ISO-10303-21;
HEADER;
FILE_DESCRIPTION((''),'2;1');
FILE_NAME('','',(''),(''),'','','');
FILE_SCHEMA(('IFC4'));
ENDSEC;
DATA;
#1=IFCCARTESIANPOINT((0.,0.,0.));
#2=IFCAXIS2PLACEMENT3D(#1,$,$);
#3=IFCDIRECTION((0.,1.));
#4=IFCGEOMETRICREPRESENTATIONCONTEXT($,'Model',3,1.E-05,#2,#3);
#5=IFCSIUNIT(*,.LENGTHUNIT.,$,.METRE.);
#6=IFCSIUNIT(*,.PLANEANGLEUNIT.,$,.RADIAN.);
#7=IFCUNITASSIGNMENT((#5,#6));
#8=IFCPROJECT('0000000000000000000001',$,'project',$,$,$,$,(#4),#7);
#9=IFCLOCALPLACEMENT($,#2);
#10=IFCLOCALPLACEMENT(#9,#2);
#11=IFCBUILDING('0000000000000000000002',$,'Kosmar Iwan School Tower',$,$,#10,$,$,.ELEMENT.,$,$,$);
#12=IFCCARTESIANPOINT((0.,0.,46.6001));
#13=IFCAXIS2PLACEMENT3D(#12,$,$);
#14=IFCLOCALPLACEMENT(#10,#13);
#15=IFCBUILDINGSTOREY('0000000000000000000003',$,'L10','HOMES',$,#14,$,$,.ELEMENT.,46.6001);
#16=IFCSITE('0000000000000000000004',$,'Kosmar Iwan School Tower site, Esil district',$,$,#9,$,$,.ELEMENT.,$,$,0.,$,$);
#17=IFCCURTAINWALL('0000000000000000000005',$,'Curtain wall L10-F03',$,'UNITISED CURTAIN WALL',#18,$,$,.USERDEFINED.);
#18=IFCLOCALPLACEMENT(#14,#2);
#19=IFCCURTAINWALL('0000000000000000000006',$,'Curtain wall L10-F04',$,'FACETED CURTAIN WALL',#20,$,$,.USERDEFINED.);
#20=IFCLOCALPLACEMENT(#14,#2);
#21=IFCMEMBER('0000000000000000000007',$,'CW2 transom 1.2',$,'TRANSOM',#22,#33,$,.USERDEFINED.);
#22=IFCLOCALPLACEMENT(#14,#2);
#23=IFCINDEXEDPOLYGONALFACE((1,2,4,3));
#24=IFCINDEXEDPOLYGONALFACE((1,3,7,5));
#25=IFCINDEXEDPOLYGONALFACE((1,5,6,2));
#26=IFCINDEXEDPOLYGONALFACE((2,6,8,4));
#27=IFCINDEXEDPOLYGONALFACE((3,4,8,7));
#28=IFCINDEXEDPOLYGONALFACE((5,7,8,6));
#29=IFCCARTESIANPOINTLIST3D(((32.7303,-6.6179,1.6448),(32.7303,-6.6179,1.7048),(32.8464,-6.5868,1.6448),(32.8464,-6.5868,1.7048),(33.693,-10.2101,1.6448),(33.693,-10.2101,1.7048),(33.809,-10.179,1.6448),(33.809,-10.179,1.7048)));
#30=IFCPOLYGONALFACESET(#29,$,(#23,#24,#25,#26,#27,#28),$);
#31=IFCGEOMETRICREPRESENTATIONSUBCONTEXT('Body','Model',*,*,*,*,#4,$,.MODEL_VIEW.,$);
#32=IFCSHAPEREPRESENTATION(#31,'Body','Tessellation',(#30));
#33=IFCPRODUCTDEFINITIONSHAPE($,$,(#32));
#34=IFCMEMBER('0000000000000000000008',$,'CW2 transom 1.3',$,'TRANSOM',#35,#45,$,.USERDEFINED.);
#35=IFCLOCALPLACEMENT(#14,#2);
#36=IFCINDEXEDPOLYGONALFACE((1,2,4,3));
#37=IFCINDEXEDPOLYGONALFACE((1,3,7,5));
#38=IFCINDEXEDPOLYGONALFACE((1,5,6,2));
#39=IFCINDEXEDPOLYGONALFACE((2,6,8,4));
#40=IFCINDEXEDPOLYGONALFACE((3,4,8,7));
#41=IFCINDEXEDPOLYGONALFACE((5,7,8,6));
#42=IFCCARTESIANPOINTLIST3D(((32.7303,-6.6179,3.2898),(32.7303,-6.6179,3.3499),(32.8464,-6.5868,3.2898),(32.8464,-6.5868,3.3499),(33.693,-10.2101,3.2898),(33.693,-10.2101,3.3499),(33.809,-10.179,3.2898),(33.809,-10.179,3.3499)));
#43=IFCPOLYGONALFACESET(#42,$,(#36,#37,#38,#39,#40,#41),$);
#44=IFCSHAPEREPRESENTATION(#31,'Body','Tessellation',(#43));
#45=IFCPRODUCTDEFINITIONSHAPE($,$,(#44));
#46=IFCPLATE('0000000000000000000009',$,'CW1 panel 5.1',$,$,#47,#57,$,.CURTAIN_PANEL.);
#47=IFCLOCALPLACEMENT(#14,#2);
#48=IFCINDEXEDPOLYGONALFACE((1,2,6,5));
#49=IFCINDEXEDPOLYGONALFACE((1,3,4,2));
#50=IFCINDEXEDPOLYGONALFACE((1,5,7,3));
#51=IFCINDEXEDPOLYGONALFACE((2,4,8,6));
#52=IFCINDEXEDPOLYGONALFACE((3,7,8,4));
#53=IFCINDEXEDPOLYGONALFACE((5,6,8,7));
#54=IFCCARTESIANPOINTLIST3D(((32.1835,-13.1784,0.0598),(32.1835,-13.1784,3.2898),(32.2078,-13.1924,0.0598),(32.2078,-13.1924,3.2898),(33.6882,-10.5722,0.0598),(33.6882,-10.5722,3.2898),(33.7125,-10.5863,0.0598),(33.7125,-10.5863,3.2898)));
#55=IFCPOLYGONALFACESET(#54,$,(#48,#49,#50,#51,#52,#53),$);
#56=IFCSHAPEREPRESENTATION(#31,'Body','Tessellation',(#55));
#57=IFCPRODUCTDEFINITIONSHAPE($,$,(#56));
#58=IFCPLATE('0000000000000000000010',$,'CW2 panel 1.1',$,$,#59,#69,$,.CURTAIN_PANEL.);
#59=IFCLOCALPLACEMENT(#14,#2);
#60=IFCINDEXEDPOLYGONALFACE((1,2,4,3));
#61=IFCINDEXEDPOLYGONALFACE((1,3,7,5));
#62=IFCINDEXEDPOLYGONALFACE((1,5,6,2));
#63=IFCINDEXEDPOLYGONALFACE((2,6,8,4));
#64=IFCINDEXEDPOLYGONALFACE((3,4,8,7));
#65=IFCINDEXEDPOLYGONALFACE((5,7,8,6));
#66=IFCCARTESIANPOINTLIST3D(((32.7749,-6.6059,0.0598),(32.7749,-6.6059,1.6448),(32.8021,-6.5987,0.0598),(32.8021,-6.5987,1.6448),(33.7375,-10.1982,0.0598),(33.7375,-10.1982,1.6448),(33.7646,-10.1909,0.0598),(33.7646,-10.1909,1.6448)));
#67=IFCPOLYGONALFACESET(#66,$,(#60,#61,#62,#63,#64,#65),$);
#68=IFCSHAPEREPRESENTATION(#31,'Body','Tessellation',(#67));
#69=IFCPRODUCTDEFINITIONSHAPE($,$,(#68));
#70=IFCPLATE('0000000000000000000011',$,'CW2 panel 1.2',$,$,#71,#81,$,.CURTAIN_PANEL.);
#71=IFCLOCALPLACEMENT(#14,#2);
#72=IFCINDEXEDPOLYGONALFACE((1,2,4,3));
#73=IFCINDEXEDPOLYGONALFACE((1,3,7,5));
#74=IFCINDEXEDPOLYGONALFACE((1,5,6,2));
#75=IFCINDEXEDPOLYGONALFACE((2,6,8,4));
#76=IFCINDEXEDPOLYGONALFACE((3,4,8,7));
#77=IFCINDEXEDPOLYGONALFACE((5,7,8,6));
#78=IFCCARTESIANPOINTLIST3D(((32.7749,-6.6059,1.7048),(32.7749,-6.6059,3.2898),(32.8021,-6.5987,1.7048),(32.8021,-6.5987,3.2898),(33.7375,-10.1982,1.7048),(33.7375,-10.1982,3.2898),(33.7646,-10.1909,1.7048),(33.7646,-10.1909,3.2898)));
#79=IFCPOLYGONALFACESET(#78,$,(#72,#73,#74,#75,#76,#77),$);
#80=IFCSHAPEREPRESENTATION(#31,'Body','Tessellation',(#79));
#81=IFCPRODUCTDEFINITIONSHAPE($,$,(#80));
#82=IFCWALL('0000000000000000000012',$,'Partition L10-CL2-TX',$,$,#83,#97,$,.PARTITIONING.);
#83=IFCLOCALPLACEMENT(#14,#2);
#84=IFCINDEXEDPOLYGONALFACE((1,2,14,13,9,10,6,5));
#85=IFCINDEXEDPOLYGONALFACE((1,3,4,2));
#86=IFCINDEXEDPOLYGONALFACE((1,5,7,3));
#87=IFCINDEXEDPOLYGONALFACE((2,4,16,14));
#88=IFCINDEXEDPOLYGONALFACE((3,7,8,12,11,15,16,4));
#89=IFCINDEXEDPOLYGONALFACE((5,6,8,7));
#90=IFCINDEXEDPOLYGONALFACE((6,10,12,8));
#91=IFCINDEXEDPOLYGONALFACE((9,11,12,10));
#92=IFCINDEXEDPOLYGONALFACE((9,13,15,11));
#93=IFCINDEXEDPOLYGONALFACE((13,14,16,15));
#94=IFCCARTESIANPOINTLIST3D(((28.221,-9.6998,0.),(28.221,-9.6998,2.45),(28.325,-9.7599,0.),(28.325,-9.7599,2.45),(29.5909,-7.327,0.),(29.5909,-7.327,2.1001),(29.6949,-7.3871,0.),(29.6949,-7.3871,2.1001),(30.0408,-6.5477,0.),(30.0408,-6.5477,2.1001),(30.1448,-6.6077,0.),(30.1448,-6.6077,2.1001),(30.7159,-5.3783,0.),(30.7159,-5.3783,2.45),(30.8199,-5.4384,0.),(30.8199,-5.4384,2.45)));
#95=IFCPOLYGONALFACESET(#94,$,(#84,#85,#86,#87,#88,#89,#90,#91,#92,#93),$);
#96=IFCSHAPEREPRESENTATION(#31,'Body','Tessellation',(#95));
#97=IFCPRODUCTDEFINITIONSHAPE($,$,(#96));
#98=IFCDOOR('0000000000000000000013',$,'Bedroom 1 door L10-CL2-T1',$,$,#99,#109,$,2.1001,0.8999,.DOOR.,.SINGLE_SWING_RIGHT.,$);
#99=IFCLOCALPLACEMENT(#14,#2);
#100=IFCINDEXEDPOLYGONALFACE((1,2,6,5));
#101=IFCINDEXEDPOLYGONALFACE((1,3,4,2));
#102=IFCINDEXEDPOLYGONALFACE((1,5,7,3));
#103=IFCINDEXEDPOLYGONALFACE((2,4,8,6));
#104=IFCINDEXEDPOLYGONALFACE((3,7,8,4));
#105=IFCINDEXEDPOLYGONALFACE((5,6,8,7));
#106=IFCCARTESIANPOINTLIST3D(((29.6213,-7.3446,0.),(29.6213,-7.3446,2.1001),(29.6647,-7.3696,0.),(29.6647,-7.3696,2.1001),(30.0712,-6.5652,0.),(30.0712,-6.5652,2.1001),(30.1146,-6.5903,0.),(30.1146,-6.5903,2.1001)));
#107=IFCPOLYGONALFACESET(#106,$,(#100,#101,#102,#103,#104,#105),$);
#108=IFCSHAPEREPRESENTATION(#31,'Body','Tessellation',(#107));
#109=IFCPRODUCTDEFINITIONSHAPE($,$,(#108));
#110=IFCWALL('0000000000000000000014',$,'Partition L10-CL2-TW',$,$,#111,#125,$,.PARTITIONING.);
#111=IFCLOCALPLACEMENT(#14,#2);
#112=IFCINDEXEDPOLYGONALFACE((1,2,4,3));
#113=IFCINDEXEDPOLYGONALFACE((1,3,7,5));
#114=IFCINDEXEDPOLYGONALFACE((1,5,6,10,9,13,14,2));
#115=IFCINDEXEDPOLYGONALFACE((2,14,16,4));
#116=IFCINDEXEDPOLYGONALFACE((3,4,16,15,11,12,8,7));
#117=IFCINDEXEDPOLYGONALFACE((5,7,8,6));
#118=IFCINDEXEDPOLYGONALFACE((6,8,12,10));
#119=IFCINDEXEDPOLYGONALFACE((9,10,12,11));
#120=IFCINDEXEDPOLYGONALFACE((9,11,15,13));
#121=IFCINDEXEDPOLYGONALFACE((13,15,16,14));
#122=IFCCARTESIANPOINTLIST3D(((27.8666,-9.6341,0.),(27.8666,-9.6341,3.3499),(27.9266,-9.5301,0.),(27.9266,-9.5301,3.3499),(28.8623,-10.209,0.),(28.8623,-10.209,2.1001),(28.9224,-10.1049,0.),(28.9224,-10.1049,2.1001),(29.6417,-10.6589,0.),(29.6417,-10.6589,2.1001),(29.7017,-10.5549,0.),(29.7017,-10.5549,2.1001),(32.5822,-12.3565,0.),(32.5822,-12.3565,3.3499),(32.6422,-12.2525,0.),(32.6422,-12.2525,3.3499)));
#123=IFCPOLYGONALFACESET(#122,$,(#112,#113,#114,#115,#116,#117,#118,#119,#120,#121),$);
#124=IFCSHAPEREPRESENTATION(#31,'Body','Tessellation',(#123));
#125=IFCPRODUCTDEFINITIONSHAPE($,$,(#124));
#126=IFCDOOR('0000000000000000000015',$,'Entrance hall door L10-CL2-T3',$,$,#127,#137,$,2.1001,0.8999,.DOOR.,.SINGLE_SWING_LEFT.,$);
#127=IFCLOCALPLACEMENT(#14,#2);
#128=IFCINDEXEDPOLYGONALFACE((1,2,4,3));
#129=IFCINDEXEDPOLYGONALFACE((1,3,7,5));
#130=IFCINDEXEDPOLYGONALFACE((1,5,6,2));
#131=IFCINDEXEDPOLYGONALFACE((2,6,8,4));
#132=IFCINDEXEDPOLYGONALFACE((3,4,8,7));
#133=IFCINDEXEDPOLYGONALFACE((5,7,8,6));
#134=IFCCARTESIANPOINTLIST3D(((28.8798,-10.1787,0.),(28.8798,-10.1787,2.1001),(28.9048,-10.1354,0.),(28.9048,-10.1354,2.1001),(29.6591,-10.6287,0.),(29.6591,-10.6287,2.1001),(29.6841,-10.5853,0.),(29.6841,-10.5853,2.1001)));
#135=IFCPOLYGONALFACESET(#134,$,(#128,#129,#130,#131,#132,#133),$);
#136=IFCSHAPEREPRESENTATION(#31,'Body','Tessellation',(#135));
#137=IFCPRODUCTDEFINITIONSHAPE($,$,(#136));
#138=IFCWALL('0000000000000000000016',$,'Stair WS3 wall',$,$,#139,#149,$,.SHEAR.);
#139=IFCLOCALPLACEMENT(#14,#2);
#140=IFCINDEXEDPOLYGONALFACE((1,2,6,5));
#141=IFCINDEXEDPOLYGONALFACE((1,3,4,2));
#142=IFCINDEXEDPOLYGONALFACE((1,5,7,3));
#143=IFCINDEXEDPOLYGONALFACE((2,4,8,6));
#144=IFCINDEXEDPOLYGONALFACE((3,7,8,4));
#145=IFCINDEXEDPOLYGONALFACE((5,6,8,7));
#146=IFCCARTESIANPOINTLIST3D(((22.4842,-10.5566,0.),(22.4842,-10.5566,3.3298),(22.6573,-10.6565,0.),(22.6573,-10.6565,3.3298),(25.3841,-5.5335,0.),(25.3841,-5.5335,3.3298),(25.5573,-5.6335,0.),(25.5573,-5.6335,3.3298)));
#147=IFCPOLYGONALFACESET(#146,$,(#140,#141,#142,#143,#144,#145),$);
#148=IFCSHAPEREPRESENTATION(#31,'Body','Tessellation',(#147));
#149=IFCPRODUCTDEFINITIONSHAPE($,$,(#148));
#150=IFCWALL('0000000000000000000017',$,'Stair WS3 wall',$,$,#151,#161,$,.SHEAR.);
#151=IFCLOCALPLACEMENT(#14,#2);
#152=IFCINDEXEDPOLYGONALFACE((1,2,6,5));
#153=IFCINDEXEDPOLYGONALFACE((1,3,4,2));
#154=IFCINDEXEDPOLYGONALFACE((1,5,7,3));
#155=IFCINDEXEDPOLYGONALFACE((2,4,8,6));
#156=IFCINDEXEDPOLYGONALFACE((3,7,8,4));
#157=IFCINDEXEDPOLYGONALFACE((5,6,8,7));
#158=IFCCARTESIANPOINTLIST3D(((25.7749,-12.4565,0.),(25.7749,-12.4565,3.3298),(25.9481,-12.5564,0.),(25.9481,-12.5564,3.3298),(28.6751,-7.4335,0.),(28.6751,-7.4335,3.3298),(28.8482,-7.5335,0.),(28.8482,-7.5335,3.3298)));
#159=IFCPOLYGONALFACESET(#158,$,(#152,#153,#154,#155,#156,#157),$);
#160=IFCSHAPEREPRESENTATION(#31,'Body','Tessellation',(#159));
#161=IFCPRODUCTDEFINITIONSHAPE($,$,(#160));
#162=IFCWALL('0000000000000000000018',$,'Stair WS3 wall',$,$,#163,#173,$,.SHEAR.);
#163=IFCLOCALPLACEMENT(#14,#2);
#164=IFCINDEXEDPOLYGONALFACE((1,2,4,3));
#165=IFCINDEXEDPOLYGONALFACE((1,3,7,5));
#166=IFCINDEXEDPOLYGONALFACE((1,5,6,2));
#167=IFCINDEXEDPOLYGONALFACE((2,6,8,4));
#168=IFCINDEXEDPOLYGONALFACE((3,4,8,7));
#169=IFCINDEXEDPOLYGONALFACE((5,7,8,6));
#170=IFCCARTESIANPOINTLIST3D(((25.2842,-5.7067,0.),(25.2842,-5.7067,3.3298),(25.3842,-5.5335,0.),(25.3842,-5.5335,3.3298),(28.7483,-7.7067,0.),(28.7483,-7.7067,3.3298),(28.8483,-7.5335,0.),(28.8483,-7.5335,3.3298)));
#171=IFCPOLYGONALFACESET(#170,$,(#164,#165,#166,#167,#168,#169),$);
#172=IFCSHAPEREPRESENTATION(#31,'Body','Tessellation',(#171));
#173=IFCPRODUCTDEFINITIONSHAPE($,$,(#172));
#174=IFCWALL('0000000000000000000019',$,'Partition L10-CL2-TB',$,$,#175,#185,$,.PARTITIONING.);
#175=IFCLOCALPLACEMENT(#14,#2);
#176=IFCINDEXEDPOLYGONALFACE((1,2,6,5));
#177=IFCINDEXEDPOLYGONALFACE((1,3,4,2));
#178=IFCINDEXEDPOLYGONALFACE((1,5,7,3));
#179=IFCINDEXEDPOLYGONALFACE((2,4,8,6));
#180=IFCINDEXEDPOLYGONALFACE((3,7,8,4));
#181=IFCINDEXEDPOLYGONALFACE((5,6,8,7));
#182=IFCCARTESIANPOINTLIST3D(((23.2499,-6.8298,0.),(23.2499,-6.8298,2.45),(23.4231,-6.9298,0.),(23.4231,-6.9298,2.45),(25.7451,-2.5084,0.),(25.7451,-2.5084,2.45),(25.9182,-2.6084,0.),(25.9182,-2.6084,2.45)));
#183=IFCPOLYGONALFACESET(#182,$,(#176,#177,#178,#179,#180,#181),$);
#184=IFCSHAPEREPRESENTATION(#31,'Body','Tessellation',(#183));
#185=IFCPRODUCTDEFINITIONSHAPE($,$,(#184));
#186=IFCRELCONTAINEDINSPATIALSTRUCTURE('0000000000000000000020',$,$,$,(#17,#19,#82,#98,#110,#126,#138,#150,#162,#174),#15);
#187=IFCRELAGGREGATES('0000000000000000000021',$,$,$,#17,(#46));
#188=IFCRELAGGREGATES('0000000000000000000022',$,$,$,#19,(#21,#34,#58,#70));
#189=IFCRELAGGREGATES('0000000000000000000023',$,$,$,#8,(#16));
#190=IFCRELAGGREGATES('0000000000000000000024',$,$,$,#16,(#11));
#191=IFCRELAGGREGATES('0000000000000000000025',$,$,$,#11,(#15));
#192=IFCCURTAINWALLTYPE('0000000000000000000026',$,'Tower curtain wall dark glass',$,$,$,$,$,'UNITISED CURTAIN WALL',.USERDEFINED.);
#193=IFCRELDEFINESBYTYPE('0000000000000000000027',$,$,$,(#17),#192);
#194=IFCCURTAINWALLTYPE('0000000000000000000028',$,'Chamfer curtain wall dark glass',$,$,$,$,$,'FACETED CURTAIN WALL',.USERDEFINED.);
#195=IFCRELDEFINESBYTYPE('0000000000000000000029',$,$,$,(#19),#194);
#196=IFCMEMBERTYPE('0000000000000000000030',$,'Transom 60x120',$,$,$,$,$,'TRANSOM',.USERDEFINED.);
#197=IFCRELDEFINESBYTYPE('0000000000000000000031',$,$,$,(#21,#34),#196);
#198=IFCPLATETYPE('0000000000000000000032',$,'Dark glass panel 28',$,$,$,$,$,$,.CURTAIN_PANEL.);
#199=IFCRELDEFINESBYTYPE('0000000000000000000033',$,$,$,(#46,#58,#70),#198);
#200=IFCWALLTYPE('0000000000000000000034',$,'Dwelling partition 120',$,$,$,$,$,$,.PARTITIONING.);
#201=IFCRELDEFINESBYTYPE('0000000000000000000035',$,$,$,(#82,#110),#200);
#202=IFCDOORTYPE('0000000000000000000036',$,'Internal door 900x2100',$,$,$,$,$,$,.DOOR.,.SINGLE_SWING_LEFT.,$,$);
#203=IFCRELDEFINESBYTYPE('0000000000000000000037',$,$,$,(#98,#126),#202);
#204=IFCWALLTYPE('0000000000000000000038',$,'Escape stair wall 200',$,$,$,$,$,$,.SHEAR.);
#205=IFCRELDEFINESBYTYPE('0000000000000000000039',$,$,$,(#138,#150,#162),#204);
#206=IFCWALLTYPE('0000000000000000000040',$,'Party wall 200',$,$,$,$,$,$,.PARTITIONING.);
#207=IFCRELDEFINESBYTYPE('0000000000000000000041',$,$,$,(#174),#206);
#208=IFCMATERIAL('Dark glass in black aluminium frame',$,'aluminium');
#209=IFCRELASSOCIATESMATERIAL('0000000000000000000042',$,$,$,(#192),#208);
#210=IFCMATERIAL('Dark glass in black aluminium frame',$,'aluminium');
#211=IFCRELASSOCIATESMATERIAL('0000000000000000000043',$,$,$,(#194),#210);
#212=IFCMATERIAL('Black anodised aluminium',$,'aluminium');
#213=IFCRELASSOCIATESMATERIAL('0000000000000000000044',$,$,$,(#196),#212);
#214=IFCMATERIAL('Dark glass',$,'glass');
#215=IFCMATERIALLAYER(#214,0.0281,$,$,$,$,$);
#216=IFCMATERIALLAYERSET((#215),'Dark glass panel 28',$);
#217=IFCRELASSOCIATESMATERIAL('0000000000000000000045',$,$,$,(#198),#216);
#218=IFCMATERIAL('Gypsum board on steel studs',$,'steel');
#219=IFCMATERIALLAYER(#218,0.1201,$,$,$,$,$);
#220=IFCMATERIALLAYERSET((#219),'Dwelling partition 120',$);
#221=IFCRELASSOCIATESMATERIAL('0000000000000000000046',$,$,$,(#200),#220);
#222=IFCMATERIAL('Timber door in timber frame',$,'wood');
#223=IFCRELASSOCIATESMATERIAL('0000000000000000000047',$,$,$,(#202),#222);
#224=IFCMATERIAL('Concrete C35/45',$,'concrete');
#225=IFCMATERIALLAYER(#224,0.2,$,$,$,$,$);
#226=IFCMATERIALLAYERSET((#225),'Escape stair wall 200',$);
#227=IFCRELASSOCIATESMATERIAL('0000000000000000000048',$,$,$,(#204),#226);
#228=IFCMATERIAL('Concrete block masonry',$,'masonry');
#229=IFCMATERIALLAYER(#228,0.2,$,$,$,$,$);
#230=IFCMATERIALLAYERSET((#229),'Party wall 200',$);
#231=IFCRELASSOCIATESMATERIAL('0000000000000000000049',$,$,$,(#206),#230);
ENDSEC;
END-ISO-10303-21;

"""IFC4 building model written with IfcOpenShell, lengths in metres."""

from ifc_helpers import new_model, si_unit, direction, frame, frame_2d, origin, origin_2d, place, context, subcontext, project, spatial, rectangle, extrude, material, layer, layer_set, material_profile, profile_set, type_object, element, fill, aggregate, save


model = new_model("IFC4")

# Units and contexts
model_context = context("Model", 3, precision=1e-05, world=origin(), true_north=direction((0.0, 1.0)))
body_context = subcontext(model_context, "Body", "Model", "MODEL_VIEW")
ifc_project = project(units=[si_unit("LENGTHUNIT", "METRE"), si_unit("PLANEANGLEUNIT", "RADIAN")], contexts=[model_context])

# Site, building, storey
site_placement = place(None, origin())
site = spatial("IfcSite", under=ifc_project, at=site_placement, Name="Kosmar Iwan School Tower site, Esil district", CompositionType="ELEMENT", RefElevation=0.0)
building_placement = place(site_placement, origin())
building = spatial("IfcBuilding", under=site, at=building_placement, Name="Kosmar Iwan School Tower", CompositionType="ELEMENT")
storey_placement = place(building_placement, frame((0.0, 0.0, 46.6001)))
storey = spatial("IfcBuildingStorey", under=building, at=storey_placement, Name="L10", Description="HOMES", CompositionType="ELEMENT", Elevation=46.6001)

# Curtain wall
ifc_material_1 = material(Name="Dark glass in black aluminium frame", Category="aluminium")
curtain_wall_type_1 = type_object("IfcCurtainWallType", Name="Tower curtain wall dark glass", ElementType="UNITISED CURTAIN WALL", PredefinedType="USERDEFINED", material=ifc_material_1)
curtain_wall_1_placement = place(storey_placement, origin())
curtain_wall_1 = element("IfcCurtainWall", 1, at=curtain_wall_1_placement, inside=storey, type_object=curtain_wall_type_1, Name="Curtain wall L10-F03", ObjectType="UNITISED CURTAIN WALL", PredefinedType="USERDEFINED")

# Curtain wall
ifc_material_2 = material(Name="Dark glass in black aluminium frame", Category="aluminium")
curtain_wall_type_2 = type_object("IfcCurtainWallType", Name="Chamfer curtain wall dark glass", ElementType="FACETED CURTAIN WALL", PredefinedType="USERDEFINED", material=ifc_material_2)
curtain_wall_2_placement = place(storey_placement, origin())
curtain_wall_2 = element("IfcCurtainWall", 2, at=curtain_wall_2_placement, inside=storey, type_object=curtain_wall_type_2, Name="Curtain wall L10-F04", ObjectType="FACETED CURTAIN WALL", PredefinedType="USERDEFINED")

# Members
ifc_material_3 = material(Name="Black anodised aluminium", Category="aluminium")
ifc_material_profile_1 = material_profile(ifc_material_3, rectangle(XDim=0.1201, YDim=0.0601, at=origin_2d()), Name="TRANSOM 60x120")
ifc_profile_set_1 = profile_set([ifc_material_profile_1], Name="Black anodised aluminium")
member_type_1 = type_object("IfcMemberType", Name="Transom 60x120", ElementType="TRANSOM", PredefinedType="USERDEFINED", material=ifc_profile_set_1)
member_1_placement = place(storey_placement, frame((33.751, -10.1946, 1.6748), z_axis=(-0.258843, 0.965919, 0.0), x_axis=(-0.965919, -0.258843, 0.0)))
member_1 = element("IfcMember", 3, at=member_1_placement, type_object=member_type_1, Name="CW2 transom 1.2", ObjectType="TRANSOM", PredefinedType="USERDEFINED", context=body_context, shape_type="SweptSolid", body=[
    extrude(rectangle(XDim=0.1201, YDim=0.0601, at=origin_2d()), origin(), (0.0, 0.0, 1.0), 3.719),
])
member_2_placement = place(storey_placement, frame((33.751, -10.1946, 3.3198), z_axis=(-0.258843, 0.965919, 0.0), x_axis=(-0.965919, -0.258843, 0.0)))
member_2 = element("IfcMember", 4, at=member_2_placement, type_object=member_type_1, Name="CW2 transom 1.3", ObjectType="TRANSOM", PredefinedType="USERDEFINED", context=body_context, shape_type="SweptSolid", body=[
    extrude(rectangle(XDim=0.1201, YDim=0.0601, at=origin_2d()), origin(), (0.0, 0.0, 1.0), 3.719),
])

# Plates
ifc_material_4 = material(Name="Dark glass", Category="glass")
ifc_layer_1 = layer(ifc_material_4, 0.0281)
ifc_layer_set_1 = layer_set([ifc_layer_1], Name="Dark glass panel 28")
plate_type = type_object("IfcPlateType", Name="Dark glass panel 28", PredefinedType="CURTAIN_PANEL", material=ifc_layer_set_1)
plate_1_placement = place(storey_placement, frame((32.948, -11.8823, 0.0598), z_axis=(0.0, 0.0, 1.0), x_axis=(0.5, 0.866025, 0.0)))
plate_1 = element("IfcPlate", 5, at=plate_1_placement, type_object=plate_type, Name="CW1 panel 5.1", PredefinedType="CURTAIN_PANEL", context=body_context, shape_type="SweptSolid", body=[
    extrude(rectangle(XDim=3.0093, YDim=0.0281, at=origin_2d()), origin(), (0.0, 0.0, 1.0), 3.23),
])
aggregate(curtain_wall_1, [plate_1])
plate_2_placement = place(storey_placement, frame((33.2698, -8.3984, 0.0598), z_axis=(0.0, 0.0, 1.0), x_axis=(-0.258819, 0.965926, 0.0)))
plate_2 = element("IfcPlate", 6, at=plate_2_placement, type_object=plate_type, Name="CW2 panel 1.1", PredefinedType="CURTAIN_PANEL", context=body_context, shape_type="SweptSolid", body=[
    extrude(rectangle(XDim=3.719, YDim=0.0281, at=origin_2d()), origin(), (0.0, 0.0, 1.0), 1.585),
])
plate_3_placement = place(storey_placement, frame((33.2698, -8.3984, 1.7048), z_axis=(0.0, 0.0, 1.0), x_axis=(-0.258819, 0.965926, 0.0)))
plate_3 = element("IfcPlate", 7, at=plate_3_placement, type_object=plate_type, Name="CW2 panel 1.2", PredefinedType="CURTAIN_PANEL", context=body_context, shape_type="SweptSolid", body=[
    extrude(rectangle(XDim=3.719, YDim=0.0281, at=origin_2d()), origin(), (0.0, 0.0, 1.0), 1.585),
])
aggregate(curtain_wall_2, [member_1, member_2, plate_2, plate_3])

# Walls, openings, doors
ifc_material_5 = material(Name="Gypsum board on steel studs", Category="steel")
ifc_layer_2 = layer(ifc_material_5, 0.1201)
ifc_layer_set_2 = layer_set([ifc_layer_2], Name="Dwelling partition 120")
wall_type_1 = type_object("IfcWallType", Name="Dwelling partition 120", PredefinedType="PARTITIONING", material=ifc_layer_set_2)
wall_1_placement = place(storey_placement, frame((28.2729, -9.73, 0.0), z_axis=(0.0, 0.0, 1.0), x_axis=(0.499975, 0.86604, 0.0)))
wall_1 = element("IfcWall", 8, at=wall_1_placement, inside=storey, type_object=wall_type_1, Name="Partition L10-CL2-TX", PredefinedType="PARTITIONING", context=body_context, shape_type="SweptSolid", body=[
    extrude(rectangle(XDim=4.99, YDim=0.1201, at=frame_2d((2.4951, 0.0))), origin(), (0.0, 0.0, 1.0), 2.45),
])
opening_1_placement = place(wall_1_placement, frame((2.74, 0.0, 0.0)))
opening_1 = element("IfcOpeningElement", 9, at=opening_1_placement, cuts=wall_1, PredefinedType="OPENING", context=body_context, shape_type="SweptSolid", body=[
    extrude(rectangle(XDim=0.8999, YDim=2.1001, at=frame_2d((0.45, 1.05))), frame((0.0, 0.072, 0.0), z_axis=(0.0, -1.0, 0.0), x_axis=(1.0, 0.0, 0.0)), (0.0, 0.0, 1.0), 0.144),
])
ifc_material_6 = material(Name="Timber door in timber frame", Category="wood")
door_type = type_object("IfcDoorType", Name="Internal door 900x2100", OperationType="SINGLE_SWING_LEFT", PredefinedType="DOOR", material=ifc_material_6)
door_1_placement = place(opening_1_placement, origin())
door_1 = element("IfcDoor", 10, at=door_1_placement, inside=storey, type_object=door_type, Name="Bedroom 1 door L10-CL2-T1", OperationType="SINGLE_SWING_RIGHT", OverallHeight=2.1001, OverallWidth=0.8999, PredefinedType="DOOR", context=body_context, shape_type="SweptSolid", body=[
    extrude(rectangle(XDim=0.8999, YDim=2.1001, at=frame_2d((0.45, 1.05))), frame((0.0, 0.0249, 0.0), z_axis=(0.0, -1.0, 0.0), x_axis=(1.0, 0.0, 0.0)), (0.0, 0.0, 1.0), 0.05),
])
fill(opening_1, door_1)
wall_2_placement = place(storey_placement, frame((27.8965, -9.582, 0.0), z_axis=(0.0, 0.0, 1.0), x_axis=(0.866036, -0.499982, 0.0)))
wall_2 = element("IfcWall", 11, at=wall_2_placement, inside=storey, type_object=wall_type_1, Name="Partition L10-CL2-TW", PredefinedType="PARTITIONING", context=body_context, shape_type="SweptSolid", body=[
    extrude(rectangle(XDim=5.4451, YDim=0.1201, at=frame_2d((2.7227, 0.0))), origin(), (0.0, 0.0, 1.0), 3.3499),
])
opening_2_placement = place(wall_2_placement, frame((1.1499, 0.0, 0.0)))
opening_2 = element("IfcOpeningElement", 12, at=opening_2_placement, cuts=wall_2, PredefinedType="OPENING", context=body_context, shape_type="SweptSolid", body=[
    extrude(rectangle(XDim=0.8999, YDim=2.1001, at=frame_2d((0.45, 1.05))), frame((0.0, 0.072, 0.0), z_axis=(0.0, -1.0, 0.0), x_axis=(1.0, 0.0, 0.0)), (0.0, 0.0, 1.0), 0.144),
])
door_2_placement = place(opening_2_placement, origin())
door_2 = element("IfcDoor", 13, at=door_2_placement, inside=storey, type_object=door_type, Name="Entrance hall door L10-CL2-T3", OperationType="SINGLE_SWING_LEFT", OverallHeight=2.1001, OverallWidth=0.8999, PredefinedType="DOOR", context=body_context, shape_type="SweptSolid", body=[
    extrude(rectangle(XDim=0.8999, YDim=2.1001, at=frame_2d((0.45, 1.05))), frame((0.0, 0.0249, 0.0), z_axis=(0.0, -1.0, 0.0), x_axis=(1.0, 0.0, 0.0)), (0.0, 0.0, 1.0), 0.05),
])
fill(opening_2, door_2)

# Walls
ifc_material_7 = material(Name="Concrete C35/45", Category="concrete")
ifc_layer_3 = layer(ifc_material_7, 0.2)
ifc_layer_set_3 = layer_set([ifc_layer_3], Name="Escape stair wall 200")
wall_type_2 = type_object("IfcWallType", Name="Escape stair wall 200", PredefinedType="SHEAR", material=ifc_layer_set_3)
for number, where, z_axis, x_axis, name in (
    (14, (22.5708, -10.6064, 0.0), (0.0, 0.0, 1.0), (0.499987, 0.866033, 0.0), "Stair WS3 wall"),
    (15, (25.8616, -12.5063, 0.0), (0.0, 0.0, 1.0), (0.500019, 0.866015, 0.0), "Stair WS3 wall"),
):
    element("IfcWall", number, at=place(storey_placement, frame(where, z_axis=z_axis, x_axis=x_axis)), inside=storey, type_object=wall_type_2, Name=name, PredefinedType="SHEAR", context=body_context, shape_type="SweptSolid", body=[
        extrude(rectangle(XDim=5.8, YDim=0.2, at=frame_2d((2.8999, 0.0))), origin(), (0.0, 0.0, 1.0), 3.3298),
    ])
wall_3_placement = place(storey_placement, frame((25.3342, -5.6201, 0.0), z_axis=(0.0, 0.0, 1.0), x_axis=(0.866026, -0.499999, 0.0)))
element("IfcWall", 16, at=wall_3_placement, inside=storey, type_object=wall_type_2, Name="Stair WS3 wall", PredefinedType="SHEAR", context=body_context, shape_type="SweptSolid", body=[
    extrude(rectangle(XDim=4.0, YDim=0.2, at=frame_2d((2.0, 0.0))), origin(), (0.0, 0.0, 1.0), 3.3298),
])
ifc_material_8 = material(Name="Concrete block masonry", Category="masonry")
ifc_layer_4 = layer(ifc_material_8, 0.2)
ifc_layer_set_4 = layer_set([ifc_layer_4], Name="Party wall 200")
wall_type_3 = type_object("IfcWallType", Name="Party wall 200", PredefinedType="PARTITIONING", material=ifc_layer_set_4)
wall_4_placement = place(storey_placement, frame((23.3364, -6.8799, 0.0), z_axis=(0.0, 0.0, 1.0), x_axis=(0.500033, 0.866006, 0.0)))
element("IfcWall", 17, at=wall_4_placement, inside=storey, type_object=wall_type_3, Name="Partition L10-CL2-TB", PredefinedType="PARTITIONING", context=body_context, shape_type="SweptSolid", body=[
    extrude(rectangle(XDim=4.99, YDim=0.2, at=frame_2d((2.4951, 0.0))), origin(), (0.0, 0.0, 1.0), 2.45),
])

save(model, "model.ifc")
